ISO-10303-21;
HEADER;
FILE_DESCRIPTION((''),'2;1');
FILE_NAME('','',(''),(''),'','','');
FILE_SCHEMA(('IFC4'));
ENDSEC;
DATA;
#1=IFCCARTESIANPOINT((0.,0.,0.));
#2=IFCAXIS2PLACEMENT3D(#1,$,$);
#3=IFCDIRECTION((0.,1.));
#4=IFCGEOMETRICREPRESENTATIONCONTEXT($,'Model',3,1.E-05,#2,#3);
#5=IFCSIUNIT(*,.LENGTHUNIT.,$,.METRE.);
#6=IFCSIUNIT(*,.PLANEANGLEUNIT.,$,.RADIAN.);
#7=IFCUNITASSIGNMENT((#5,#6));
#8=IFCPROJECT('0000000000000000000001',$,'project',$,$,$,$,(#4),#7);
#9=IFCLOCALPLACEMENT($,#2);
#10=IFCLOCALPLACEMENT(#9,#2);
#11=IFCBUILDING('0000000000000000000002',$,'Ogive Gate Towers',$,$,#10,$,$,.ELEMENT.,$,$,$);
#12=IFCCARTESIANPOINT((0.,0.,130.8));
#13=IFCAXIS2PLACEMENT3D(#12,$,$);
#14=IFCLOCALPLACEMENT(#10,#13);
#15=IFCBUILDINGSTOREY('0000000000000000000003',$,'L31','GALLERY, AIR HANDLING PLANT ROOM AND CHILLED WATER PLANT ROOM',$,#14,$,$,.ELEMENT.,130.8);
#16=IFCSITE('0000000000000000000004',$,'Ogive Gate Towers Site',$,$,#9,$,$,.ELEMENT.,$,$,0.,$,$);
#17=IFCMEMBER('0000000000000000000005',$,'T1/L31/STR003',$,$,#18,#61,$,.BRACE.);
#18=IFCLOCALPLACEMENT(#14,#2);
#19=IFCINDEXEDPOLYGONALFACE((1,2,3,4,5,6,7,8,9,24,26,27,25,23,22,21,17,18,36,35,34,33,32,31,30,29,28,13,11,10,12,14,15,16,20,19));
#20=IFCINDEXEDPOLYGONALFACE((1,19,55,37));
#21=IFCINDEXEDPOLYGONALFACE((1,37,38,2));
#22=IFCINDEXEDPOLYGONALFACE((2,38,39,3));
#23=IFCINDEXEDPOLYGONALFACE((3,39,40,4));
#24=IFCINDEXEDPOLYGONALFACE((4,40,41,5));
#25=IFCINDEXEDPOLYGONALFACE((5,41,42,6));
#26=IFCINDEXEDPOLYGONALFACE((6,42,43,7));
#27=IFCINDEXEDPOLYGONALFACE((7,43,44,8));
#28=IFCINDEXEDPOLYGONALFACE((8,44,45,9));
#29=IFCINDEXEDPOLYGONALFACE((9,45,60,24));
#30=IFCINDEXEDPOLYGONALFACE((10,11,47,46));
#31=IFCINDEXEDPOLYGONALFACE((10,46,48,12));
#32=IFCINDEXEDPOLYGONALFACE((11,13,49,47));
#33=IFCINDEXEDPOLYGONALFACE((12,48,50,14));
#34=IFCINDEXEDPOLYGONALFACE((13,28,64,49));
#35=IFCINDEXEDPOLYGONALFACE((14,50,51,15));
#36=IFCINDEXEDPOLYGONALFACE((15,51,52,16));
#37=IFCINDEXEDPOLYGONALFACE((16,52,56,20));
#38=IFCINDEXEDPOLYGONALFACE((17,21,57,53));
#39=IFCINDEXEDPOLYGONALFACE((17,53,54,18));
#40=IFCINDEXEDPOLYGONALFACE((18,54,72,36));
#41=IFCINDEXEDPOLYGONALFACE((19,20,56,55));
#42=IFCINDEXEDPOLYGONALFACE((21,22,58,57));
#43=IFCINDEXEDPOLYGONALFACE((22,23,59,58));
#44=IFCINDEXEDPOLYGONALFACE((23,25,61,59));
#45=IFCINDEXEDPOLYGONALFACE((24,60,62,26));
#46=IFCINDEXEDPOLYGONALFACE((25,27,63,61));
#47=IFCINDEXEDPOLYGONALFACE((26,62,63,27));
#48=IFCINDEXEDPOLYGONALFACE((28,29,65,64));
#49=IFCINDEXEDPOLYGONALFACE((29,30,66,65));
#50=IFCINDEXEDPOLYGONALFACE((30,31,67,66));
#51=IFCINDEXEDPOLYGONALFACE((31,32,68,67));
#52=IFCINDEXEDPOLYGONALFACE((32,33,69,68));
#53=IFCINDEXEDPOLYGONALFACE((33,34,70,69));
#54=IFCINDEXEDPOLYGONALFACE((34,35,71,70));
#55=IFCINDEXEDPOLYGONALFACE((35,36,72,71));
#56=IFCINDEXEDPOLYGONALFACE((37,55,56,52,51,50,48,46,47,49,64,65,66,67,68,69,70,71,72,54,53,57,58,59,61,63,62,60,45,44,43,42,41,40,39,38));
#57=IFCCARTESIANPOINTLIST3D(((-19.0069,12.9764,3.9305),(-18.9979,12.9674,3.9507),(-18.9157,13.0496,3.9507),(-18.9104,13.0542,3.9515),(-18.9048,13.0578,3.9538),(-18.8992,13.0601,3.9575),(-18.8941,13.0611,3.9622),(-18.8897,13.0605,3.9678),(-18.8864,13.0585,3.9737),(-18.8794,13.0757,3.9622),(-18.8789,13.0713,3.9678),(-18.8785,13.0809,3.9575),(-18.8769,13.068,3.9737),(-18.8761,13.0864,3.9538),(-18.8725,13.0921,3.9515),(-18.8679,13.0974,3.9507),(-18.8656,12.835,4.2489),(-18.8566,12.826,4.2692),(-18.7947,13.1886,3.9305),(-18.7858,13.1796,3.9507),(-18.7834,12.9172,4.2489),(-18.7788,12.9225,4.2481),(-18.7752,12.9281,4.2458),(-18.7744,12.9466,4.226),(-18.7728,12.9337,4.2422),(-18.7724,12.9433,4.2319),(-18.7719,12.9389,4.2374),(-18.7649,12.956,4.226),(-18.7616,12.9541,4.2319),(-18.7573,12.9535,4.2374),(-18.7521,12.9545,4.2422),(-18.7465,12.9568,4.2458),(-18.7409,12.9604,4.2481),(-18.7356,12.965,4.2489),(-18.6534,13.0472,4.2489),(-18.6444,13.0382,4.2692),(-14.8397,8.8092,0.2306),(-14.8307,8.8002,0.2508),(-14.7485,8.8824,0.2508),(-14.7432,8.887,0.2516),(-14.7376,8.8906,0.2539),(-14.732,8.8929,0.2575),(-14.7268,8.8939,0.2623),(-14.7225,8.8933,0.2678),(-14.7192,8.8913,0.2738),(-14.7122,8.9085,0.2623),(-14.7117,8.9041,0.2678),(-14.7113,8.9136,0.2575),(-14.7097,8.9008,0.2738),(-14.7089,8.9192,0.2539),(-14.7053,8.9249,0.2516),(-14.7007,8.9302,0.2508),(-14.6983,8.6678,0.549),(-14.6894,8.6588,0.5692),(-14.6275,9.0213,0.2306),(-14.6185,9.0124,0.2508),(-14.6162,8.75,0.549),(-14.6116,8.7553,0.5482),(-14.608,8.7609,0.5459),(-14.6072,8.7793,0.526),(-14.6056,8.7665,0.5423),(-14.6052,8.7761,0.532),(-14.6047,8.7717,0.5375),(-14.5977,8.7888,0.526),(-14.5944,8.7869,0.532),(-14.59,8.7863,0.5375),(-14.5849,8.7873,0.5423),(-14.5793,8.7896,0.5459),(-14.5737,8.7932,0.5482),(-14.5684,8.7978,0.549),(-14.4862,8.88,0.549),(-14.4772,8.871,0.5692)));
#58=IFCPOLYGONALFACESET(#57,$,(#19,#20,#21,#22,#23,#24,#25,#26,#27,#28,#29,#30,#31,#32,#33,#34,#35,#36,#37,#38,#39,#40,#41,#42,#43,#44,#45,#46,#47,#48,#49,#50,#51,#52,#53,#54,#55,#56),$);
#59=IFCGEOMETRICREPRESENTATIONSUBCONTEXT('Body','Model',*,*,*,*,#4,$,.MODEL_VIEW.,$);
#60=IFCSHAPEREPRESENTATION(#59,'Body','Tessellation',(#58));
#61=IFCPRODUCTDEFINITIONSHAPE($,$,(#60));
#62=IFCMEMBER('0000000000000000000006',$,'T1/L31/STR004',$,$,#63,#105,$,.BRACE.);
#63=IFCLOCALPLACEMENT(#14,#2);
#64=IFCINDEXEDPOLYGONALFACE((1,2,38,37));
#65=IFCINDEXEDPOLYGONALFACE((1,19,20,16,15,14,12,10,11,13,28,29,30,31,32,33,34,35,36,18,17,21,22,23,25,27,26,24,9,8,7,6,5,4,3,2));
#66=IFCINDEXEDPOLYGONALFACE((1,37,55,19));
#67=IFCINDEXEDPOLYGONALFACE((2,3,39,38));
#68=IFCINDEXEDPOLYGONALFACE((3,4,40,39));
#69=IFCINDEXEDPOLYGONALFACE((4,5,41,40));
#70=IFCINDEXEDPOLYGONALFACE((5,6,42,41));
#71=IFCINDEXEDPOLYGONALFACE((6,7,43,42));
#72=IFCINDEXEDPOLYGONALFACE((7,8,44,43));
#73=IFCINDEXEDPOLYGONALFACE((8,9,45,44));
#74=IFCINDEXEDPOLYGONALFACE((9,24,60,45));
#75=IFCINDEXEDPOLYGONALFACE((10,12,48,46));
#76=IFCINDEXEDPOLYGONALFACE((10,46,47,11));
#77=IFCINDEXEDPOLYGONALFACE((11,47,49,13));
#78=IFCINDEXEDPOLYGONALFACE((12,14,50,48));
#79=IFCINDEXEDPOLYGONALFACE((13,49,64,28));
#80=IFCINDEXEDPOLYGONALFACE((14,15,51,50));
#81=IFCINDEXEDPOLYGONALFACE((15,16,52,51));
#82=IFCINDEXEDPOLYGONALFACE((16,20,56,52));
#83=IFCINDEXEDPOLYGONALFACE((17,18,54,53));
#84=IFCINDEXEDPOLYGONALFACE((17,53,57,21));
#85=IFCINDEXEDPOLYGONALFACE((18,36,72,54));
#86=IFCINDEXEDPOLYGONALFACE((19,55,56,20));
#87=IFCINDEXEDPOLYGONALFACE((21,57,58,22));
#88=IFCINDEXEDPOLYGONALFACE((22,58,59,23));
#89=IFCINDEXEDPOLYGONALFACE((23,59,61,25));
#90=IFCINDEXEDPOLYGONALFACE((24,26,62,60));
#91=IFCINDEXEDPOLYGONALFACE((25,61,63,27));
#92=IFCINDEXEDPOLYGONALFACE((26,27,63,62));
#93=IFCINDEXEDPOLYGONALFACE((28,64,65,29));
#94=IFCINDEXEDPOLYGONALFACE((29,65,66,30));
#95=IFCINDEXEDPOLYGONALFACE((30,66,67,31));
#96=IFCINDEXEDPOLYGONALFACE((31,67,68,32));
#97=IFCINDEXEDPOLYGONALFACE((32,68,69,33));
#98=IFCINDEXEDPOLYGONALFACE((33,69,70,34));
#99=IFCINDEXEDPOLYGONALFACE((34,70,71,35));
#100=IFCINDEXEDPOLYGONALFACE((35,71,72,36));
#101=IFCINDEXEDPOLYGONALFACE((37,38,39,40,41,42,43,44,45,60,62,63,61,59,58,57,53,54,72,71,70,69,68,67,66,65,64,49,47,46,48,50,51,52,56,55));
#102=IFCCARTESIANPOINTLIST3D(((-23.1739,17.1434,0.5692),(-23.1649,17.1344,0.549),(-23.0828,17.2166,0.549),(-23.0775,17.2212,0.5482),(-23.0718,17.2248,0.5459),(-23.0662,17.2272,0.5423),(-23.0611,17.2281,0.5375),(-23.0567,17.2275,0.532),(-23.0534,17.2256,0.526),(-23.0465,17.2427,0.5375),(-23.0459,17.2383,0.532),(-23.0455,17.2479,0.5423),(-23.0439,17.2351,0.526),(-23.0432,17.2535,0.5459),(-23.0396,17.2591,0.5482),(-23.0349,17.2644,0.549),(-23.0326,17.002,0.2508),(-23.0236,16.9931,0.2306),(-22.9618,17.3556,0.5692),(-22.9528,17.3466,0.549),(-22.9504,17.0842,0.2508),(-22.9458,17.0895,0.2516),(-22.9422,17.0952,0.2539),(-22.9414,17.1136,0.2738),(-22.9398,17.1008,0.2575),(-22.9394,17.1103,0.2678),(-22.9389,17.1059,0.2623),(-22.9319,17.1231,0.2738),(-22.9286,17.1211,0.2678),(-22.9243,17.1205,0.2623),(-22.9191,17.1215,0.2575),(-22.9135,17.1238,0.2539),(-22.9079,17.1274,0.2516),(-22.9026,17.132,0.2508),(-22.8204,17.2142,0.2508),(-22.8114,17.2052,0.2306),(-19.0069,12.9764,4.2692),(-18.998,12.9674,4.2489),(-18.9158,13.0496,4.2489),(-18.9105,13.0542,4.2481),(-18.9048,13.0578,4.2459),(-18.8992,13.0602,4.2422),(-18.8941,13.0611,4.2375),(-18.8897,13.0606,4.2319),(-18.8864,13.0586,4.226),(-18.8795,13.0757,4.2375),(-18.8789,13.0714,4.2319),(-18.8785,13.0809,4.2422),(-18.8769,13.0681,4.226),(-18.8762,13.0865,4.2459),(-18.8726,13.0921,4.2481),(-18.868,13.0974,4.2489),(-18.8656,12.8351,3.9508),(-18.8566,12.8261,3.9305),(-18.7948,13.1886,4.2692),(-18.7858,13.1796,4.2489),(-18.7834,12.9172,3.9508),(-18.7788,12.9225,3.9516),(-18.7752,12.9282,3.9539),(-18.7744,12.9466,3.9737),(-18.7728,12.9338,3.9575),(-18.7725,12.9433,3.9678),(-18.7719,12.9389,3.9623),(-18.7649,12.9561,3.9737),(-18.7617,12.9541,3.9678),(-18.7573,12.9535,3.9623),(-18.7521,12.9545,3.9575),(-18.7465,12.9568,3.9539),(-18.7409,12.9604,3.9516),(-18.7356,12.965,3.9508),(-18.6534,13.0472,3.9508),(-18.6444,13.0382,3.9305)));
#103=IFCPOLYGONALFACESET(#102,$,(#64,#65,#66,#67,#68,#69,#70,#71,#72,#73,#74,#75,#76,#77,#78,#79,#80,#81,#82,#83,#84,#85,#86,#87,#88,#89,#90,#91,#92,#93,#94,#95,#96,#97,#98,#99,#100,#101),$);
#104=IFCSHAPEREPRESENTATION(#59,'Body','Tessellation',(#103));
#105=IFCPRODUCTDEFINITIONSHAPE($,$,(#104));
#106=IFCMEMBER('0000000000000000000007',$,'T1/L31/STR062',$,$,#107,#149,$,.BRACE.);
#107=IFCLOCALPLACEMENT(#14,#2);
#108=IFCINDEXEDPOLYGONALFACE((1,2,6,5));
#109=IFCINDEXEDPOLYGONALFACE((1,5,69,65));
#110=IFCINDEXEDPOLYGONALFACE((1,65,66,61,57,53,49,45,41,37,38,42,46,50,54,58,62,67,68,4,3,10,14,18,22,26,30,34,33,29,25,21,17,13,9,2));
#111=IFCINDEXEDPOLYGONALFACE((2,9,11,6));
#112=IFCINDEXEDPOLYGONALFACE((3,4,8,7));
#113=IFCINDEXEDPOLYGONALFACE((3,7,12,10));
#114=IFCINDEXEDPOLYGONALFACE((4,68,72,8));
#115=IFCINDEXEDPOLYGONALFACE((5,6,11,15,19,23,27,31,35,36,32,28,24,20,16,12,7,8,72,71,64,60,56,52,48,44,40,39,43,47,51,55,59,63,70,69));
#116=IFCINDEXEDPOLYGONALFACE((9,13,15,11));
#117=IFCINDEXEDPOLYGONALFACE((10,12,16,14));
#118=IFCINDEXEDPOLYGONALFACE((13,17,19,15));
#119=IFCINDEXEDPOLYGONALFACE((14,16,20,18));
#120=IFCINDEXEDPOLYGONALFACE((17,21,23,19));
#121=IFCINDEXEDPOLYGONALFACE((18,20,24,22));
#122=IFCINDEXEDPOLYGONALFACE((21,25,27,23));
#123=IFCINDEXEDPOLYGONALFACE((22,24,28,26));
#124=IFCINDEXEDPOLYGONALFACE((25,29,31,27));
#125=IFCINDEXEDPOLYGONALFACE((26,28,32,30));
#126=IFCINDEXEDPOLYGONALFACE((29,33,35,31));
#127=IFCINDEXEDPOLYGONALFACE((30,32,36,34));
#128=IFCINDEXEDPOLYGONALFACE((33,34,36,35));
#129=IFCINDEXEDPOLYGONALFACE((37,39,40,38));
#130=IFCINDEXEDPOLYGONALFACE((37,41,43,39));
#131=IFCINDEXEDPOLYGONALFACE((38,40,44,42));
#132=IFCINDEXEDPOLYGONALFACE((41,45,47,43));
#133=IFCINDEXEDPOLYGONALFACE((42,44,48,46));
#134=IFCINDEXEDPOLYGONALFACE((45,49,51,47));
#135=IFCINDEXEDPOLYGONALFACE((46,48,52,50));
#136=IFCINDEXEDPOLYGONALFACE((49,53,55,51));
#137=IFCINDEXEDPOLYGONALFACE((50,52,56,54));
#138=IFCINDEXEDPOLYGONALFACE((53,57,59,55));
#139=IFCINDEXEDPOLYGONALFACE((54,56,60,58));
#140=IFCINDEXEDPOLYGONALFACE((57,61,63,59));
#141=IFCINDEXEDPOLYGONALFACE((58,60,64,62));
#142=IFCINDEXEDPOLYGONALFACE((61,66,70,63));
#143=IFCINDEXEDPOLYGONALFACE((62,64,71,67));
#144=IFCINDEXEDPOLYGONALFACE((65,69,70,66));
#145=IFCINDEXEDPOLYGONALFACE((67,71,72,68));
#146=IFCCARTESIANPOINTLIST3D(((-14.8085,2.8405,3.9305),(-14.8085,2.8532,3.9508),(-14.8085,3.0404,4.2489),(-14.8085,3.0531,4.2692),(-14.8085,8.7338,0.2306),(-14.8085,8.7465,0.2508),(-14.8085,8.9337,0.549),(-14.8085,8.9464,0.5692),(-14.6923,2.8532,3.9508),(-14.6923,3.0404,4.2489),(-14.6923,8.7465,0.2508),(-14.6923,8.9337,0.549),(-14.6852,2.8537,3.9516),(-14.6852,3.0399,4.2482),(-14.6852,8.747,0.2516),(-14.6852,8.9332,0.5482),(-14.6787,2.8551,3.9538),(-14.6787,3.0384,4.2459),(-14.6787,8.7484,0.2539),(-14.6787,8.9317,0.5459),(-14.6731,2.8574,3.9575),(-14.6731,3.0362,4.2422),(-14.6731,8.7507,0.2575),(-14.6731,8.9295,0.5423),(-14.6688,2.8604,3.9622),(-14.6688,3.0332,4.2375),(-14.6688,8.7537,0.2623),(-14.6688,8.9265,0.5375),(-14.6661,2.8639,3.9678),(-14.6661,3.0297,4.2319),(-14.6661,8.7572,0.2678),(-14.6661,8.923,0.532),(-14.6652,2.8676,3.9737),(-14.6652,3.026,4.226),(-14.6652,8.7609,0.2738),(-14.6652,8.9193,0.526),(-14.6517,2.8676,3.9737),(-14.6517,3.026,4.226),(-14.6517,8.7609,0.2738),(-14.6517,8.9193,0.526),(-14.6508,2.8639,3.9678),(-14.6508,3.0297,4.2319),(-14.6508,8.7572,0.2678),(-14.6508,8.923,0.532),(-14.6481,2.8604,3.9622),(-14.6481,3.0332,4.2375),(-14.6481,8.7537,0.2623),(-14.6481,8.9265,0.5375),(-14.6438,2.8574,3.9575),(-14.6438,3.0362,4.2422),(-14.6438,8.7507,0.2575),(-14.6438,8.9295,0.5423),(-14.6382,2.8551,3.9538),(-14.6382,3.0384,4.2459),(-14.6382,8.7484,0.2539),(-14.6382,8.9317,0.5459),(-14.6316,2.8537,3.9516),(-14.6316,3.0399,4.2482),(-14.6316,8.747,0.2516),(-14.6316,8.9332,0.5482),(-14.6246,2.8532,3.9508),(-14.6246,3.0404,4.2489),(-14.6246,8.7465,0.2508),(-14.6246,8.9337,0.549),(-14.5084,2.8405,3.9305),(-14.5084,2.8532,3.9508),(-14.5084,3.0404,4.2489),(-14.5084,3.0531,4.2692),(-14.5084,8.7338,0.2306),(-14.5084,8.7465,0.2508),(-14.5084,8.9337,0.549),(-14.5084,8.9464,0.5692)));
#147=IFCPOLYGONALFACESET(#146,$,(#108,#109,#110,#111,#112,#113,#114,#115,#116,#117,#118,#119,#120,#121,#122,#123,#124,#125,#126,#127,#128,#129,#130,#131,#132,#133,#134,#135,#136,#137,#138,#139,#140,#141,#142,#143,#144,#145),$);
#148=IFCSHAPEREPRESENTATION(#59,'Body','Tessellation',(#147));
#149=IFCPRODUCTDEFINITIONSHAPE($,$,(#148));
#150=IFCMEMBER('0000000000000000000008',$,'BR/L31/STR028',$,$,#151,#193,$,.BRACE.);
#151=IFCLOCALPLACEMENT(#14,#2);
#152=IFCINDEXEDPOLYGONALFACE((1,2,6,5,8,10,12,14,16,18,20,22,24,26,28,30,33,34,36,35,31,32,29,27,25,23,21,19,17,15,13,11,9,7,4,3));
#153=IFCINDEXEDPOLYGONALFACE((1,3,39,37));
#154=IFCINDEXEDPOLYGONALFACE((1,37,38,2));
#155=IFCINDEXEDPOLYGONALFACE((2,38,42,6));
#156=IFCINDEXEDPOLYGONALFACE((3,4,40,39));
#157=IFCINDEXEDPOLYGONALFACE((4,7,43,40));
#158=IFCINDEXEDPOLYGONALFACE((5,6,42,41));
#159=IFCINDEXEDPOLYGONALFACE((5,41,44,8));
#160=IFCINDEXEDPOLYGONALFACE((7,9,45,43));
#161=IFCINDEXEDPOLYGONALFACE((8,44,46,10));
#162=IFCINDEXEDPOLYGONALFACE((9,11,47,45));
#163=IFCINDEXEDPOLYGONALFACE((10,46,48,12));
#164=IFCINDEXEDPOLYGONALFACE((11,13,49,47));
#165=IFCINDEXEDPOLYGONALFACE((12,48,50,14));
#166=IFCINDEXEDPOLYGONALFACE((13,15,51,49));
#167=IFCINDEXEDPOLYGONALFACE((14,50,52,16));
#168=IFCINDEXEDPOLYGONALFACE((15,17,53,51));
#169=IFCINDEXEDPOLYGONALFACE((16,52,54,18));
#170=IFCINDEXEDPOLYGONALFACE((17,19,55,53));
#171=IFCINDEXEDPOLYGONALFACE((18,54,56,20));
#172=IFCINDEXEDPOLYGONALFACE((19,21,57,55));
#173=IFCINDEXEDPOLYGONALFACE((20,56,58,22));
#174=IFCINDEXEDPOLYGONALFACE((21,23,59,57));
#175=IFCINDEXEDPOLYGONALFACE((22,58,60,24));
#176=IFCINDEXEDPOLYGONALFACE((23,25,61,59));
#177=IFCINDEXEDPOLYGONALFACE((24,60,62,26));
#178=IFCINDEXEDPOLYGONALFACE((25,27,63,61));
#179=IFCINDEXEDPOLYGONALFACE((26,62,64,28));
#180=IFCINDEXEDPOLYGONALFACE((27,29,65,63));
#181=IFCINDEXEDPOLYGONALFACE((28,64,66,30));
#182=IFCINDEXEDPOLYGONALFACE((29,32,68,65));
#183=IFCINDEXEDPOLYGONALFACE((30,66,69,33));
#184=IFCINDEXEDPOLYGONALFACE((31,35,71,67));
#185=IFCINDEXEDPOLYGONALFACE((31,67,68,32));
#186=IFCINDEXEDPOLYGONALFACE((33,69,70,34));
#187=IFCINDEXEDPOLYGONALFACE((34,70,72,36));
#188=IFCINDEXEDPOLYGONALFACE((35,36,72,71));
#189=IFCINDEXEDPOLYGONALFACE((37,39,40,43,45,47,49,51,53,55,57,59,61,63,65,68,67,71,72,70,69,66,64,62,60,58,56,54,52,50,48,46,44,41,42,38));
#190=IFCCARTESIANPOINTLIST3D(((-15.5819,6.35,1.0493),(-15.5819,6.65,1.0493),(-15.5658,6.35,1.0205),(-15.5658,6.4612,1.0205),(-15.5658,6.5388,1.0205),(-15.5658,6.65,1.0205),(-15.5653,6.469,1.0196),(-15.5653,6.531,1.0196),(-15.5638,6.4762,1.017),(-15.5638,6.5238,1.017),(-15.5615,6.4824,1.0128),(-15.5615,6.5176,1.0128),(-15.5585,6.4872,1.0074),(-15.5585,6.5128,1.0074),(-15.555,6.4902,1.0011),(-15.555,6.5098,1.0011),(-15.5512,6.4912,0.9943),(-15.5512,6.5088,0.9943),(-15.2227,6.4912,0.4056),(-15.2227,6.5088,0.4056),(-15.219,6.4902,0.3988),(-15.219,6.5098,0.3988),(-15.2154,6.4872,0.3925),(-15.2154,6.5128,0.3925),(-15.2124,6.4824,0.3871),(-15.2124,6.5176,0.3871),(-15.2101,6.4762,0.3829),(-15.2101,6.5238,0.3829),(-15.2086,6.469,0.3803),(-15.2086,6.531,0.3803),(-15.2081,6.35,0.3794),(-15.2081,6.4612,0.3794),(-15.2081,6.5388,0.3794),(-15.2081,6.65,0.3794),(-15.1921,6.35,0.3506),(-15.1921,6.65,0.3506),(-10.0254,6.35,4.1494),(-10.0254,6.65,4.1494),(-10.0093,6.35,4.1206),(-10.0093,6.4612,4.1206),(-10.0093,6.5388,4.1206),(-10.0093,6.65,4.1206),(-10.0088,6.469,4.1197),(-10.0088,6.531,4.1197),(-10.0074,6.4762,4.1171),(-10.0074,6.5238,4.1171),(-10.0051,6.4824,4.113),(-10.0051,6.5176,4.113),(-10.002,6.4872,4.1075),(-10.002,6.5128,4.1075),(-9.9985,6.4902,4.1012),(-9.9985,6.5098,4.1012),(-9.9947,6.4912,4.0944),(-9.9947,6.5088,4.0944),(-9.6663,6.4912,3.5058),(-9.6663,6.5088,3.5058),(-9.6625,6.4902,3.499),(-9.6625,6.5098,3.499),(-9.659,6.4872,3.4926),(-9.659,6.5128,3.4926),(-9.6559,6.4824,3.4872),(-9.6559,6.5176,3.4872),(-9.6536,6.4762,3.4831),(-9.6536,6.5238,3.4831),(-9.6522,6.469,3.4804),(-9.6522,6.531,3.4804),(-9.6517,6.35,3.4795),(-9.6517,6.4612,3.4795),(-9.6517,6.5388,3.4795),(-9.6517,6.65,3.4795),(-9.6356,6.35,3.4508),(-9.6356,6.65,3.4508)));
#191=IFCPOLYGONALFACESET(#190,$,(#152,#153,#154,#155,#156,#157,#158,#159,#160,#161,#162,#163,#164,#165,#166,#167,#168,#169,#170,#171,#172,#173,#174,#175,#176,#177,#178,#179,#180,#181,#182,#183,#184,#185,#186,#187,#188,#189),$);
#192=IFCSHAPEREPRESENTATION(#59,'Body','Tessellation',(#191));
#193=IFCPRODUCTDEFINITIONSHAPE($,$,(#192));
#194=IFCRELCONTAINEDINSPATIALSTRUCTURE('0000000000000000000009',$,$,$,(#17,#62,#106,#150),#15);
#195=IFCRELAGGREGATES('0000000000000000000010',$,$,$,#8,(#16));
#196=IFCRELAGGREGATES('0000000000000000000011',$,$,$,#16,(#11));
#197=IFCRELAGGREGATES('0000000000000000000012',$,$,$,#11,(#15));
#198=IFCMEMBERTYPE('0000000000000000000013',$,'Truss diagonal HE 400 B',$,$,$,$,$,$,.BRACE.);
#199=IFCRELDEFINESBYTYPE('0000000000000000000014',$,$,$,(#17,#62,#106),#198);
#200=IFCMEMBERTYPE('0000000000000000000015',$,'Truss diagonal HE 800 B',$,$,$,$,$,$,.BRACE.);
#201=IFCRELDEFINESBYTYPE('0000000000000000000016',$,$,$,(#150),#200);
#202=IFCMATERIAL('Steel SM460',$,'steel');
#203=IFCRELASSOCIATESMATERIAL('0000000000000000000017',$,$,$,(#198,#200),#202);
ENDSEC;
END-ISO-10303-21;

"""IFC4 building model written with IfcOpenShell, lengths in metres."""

from ifc_helpers import new_model, si_unit, direction, frame, origin, origin_2d, place, context, subcontext, project, spatial, i_section, extrude, material, material_profile, profile_set, type_object, element, save


model = new_model("IFC4")

# Units and contexts
model_context = context("Model", 3, precision=1e-05, world=origin(), true_north=direction((0.0, 1.0)))
body_context = subcontext(model_context, "Body", "Model", "MODEL_VIEW")
ifc_project = project(units=[si_unit("LENGTHUNIT", "METRE"), si_unit("PLANEANGLEUNIT", "RADIAN")], contexts=[model_context])

# Site, building, storey
site_placement = place(None, origin())
site = spatial("IfcSite", under=ifc_project, at=site_placement, Name="Ogive Gate Towers Site", CompositionType="ELEMENT", RefElevation=0.0)
building_placement = place(site_placement, origin())
building = spatial("IfcBuilding", under=site, at=building_placement, Name="Ogive Gate Towers", CompositionType="ELEMENT")
storey_placement = place(building_placement, frame((0.0, 0.0, 130.8)))
storey = spatial("IfcBuildingStorey", under=building, at=storey_placement, Name="L31", Description="GALLERY, AIR HANDLING PLANT ROOM AND CHILLED WATER PLANT ROOM", CompositionType="ELEMENT", Elevation=130.8)

# Shared definitions
ifc_material_1 = material(Name="Steel SM460", Category="steel")

# Members
ifc_material_profile_1 = material_profile(ifc_material_1, i_section(OverallWidth=0.3, OverallDepth=0.3999, WebThickness=0.0134, FlangeThickness=0.0239, FilletRadius=0.0271, at=origin_2d()), Name="HE 400 B")
ifc_profile_set_1 = profile_set([ifc_material_profile_1], Name="Steel SM460")
member_type_1 = type_object("IfcMemberType", Name="Truss diagonal HE 400 B", PredefinedType="BRACE", material=ifc_profile_set_1)
member_1_placement = place(storey_placement, frame((-14.6584, 8.8401, 0.3999), z_axis=(-0.598866, 0.598866, 0.531713), x_axis=(-0.707107, -0.707107, 0.0)))
element("IfcMember", 1, at=member_1_placement, inside=storey, type_object=member_type_1, Name="T1/L31/STR003", PredefinedType="BRACE", context=body_context, shape_type="SweptSolid", body=[
    extrude(i_section(OverallWidth=0.3, OverallDepth=0.3999, WebThickness=0.0134, FlangeThickness=0.0239, FilletRadius=0.0271, at=origin_2d()), origin(), (0.0, 0.0, 1.0), 6.9585),
])
member_2_placement = place(storey_placement, frame((-18.8257, 13.0073, 4.0999), z_axis=(-0.598856, 0.598856, -0.531736), x_axis=(-0.707107, -0.707107, 0.0)))
element("IfcMember", 2, at=member_2_placement, inside=storey, type_object=member_type_1, Name="T1/L31/STR004", PredefinedType="BRACE", context=body_context, shape_type="SweptSolid", body=[
    extrude(i_section(OverallWidth=0.3, OverallDepth=0.3999, WebThickness=0.0134, FlangeThickness=0.0239, FilletRadius=0.0271, at=origin_2d()), origin(), (0.0, 0.0, 1.0), 6.9583),
])
member_3_placement = place(storey_placement, frame((-14.6584, 2.9468, 4.0999), z_axis=(0.0, 0.846922, -0.531717), x_axis=(-1.0, 0.0, 0.0)))
element("IfcMember", 3, at=member_3_placement, inside=storey, type_object=member_type_1, Name="T1/L31/STR062", PredefinedType="BRACE", context=body_context, shape_type="SweptSolid", body=[
    extrude(i_section(OverallWidth=0.3, OverallDepth=0.3999, WebThickness=0.0134, FlangeThickness=0.0239, FilletRadius=0.0271, at=origin_2d()), origin(), (0.0, 0.0, 1.0), 6.9585),
])
ifc_material_profile_2 = material_profile(ifc_material_1, i_section(OverallWidth=0.3, OverallDepth=0.8, WebThickness=0.0176, FlangeThickness=0.033, FilletRadius=0.03, at=origin_2d()), Name="HE 800 B")
ifc_profile_set_2 = profile_set([ifc_material_profile_2], Name="Steel SM460")
member_type_2 = type_object("IfcMemberType", Name="Truss diagonal HE 800 B", PredefinedType="BRACE", material=ifc_profile_set_2)
member_4_placement = place(storey_placement, frame((-15.387, 6.5, 0.7), z_axis=(0.873274, 0.0, 0.487229), x_axis=(0.0, 1.0, 0.0)))
element("IfcMember", 4, at=member_4_placement, inside=storey, type_object=member_type_2, Name="BR/L31/STR028", PredefinedType="BRACE", context=body_context, shape_type="SweptSolid", body=[
    extrude(i_section(OverallWidth=0.3, OverallDepth=0.8, WebThickness=0.0176, FlangeThickness=0.033, FilletRadius=0.03, at=origin_2d()), origin(), (0.0, 0.0, 1.0), 6.3628),
])

save(model, "model.ifc")
